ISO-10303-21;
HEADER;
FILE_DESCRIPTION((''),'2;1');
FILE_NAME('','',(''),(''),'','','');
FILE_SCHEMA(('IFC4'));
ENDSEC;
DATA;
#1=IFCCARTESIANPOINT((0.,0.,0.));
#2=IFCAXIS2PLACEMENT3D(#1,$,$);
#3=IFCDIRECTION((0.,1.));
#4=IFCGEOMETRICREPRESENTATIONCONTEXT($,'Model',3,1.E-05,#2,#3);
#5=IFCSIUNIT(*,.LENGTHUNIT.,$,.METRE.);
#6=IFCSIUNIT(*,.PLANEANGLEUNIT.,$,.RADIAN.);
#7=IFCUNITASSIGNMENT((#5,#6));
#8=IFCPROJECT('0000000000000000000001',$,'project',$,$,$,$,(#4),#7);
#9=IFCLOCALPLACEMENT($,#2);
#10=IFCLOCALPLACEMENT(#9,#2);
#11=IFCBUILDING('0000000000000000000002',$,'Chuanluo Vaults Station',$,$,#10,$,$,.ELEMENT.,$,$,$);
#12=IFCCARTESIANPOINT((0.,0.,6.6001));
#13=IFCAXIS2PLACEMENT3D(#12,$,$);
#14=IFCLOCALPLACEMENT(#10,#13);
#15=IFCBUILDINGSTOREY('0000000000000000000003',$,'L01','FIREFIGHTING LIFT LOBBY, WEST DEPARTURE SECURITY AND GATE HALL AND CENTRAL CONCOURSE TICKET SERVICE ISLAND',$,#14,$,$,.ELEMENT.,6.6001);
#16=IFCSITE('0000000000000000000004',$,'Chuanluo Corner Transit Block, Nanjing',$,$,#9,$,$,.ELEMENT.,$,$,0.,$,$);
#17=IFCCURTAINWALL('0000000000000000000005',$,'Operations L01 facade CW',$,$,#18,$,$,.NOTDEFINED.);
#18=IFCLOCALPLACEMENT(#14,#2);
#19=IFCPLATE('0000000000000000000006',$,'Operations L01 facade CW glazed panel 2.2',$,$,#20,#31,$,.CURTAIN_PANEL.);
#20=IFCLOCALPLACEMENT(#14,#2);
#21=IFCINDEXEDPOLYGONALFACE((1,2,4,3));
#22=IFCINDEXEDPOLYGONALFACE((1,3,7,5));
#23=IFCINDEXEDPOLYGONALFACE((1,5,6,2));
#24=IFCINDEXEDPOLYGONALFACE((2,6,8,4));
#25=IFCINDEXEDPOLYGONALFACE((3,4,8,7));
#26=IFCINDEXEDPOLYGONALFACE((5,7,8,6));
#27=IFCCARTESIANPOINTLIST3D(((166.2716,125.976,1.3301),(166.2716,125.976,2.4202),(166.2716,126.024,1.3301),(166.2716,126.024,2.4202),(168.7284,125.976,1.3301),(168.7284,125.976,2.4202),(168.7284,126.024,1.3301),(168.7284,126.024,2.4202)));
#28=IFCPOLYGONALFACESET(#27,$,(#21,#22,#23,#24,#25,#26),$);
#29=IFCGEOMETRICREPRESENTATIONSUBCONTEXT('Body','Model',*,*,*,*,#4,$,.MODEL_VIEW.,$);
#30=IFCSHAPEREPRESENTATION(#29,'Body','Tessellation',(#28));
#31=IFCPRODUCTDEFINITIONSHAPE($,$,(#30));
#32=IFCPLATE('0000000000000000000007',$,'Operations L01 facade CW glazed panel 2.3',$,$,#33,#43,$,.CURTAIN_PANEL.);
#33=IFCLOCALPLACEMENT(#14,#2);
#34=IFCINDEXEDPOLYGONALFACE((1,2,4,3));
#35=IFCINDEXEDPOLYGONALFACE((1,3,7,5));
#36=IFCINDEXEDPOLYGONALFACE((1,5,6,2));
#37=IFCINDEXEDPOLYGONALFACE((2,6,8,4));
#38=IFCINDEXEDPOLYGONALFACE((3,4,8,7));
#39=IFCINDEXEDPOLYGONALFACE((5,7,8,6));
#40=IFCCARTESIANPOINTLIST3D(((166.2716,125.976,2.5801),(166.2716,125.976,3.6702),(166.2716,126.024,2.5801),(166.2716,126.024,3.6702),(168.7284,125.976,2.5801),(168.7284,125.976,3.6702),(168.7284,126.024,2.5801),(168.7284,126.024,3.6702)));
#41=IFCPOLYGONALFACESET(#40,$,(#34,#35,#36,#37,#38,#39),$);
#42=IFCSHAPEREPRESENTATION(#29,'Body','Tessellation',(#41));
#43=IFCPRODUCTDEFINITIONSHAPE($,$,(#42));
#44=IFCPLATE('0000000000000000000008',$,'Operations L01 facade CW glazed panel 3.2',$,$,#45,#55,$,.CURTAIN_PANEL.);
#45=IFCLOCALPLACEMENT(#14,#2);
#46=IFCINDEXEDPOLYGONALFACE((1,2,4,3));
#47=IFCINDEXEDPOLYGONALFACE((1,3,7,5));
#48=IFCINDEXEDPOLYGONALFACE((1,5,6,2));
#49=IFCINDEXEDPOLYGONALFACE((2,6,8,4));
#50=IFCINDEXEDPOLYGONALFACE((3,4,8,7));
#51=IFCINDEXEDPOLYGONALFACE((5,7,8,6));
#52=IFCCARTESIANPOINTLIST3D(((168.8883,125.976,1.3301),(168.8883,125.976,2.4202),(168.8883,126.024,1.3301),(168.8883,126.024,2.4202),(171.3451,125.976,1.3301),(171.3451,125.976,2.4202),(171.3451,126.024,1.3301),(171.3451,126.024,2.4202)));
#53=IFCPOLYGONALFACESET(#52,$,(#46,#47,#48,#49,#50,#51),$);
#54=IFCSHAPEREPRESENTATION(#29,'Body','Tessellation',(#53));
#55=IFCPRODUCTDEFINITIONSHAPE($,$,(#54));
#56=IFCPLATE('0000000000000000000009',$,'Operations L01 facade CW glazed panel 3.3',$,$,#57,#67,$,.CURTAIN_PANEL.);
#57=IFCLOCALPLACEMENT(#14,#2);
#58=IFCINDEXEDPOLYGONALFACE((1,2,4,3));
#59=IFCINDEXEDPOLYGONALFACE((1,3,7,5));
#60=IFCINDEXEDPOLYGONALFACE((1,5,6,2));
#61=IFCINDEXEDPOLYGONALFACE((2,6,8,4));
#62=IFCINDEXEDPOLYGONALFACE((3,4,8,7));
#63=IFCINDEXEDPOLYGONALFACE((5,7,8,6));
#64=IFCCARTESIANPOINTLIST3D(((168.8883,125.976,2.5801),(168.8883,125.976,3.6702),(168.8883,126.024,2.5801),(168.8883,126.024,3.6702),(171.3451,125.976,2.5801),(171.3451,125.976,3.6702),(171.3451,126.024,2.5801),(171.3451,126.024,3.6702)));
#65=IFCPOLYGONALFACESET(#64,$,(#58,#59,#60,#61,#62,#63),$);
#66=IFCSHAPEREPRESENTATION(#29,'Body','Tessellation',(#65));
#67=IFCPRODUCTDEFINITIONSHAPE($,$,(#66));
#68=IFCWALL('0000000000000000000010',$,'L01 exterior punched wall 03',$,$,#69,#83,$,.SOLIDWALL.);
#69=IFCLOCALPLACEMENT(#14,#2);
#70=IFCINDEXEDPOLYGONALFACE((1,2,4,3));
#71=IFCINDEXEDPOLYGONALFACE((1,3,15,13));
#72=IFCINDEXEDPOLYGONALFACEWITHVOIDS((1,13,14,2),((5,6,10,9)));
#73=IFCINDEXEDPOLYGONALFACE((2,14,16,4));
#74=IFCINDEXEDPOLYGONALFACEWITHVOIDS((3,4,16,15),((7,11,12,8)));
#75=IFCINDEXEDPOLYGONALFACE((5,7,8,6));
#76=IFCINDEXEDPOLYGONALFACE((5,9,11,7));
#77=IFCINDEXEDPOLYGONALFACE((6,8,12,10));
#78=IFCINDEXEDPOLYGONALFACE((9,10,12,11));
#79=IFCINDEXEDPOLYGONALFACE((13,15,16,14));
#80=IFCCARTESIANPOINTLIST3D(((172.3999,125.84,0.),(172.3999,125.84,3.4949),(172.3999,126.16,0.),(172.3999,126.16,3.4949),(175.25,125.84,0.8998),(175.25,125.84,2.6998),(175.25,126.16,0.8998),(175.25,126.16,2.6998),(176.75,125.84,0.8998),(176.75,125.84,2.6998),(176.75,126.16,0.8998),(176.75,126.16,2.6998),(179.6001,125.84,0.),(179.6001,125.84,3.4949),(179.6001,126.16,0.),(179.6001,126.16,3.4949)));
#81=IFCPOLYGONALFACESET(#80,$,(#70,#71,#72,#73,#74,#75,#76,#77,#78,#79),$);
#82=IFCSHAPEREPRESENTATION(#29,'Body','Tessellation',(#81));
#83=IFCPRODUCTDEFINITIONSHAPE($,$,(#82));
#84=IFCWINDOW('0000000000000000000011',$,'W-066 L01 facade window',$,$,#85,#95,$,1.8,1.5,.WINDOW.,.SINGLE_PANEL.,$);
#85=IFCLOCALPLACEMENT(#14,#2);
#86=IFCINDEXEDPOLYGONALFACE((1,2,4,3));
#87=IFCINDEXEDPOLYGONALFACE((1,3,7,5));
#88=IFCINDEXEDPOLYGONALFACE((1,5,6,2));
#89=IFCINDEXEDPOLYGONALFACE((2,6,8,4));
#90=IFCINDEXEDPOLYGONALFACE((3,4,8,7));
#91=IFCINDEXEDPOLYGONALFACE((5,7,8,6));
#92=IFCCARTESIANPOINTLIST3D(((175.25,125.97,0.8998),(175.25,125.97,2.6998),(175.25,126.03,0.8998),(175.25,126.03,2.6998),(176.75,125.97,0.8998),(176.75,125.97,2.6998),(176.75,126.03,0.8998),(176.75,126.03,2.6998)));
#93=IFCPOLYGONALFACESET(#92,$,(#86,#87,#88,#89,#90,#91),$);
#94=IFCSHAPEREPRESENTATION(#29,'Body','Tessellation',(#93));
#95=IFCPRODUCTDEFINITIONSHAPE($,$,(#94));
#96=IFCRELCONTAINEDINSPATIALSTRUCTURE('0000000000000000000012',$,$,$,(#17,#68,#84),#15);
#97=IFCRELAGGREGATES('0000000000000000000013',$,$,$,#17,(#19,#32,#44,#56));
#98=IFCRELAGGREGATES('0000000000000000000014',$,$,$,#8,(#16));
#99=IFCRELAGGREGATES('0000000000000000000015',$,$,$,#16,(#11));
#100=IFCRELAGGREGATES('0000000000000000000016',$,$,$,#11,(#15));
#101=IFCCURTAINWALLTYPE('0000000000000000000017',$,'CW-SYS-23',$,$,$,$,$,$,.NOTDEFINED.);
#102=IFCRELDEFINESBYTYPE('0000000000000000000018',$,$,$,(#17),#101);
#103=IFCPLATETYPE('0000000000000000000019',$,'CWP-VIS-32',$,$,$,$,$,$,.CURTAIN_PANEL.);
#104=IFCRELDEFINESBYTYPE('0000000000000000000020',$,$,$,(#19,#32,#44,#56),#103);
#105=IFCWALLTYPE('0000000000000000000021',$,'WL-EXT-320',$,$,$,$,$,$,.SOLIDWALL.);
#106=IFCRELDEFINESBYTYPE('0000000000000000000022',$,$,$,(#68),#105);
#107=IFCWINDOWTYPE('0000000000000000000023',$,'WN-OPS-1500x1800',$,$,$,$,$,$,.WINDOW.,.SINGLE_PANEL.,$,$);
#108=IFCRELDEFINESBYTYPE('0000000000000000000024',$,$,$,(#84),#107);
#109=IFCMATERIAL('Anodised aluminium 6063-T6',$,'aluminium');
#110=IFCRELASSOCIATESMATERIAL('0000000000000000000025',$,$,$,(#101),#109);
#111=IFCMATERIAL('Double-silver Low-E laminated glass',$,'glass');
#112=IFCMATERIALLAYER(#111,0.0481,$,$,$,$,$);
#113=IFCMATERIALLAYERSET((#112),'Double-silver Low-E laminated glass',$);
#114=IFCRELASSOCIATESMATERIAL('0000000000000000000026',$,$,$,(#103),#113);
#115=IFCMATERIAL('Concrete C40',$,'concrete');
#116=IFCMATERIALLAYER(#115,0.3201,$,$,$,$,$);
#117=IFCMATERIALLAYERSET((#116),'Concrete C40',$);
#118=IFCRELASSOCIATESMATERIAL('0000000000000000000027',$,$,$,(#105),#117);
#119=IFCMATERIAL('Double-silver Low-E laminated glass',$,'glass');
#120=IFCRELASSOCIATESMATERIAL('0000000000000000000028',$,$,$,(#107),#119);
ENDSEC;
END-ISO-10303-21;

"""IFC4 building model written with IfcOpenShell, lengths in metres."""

from ifc_helpers import new_model, si_unit, direction, frame, frame_2d, origin, origin_2d, place, context, subcontext, project, spatial, rectangle, extrude, material, layer, layer_set, type_object, element, fill, aggregate, save


model = new_model("IFC4")

# Units and contexts
model_context = context("Model", 3, precision=1e-05, world=origin(), true_north=direction((0.0, 1.0)))
body_context = subcontext(model_context, "Body", "Model", "MODEL_VIEW")
ifc_project = project(units=[si_unit("LENGTHUNIT", "METRE"), si_unit("PLANEANGLEUNIT", "RADIAN")], contexts=[model_context])

# Site, building, storey
site_placement = place(None, origin())
site = spatial("IfcSite", under=ifc_project, at=site_placement, Name="Chuanluo Corner Transit Block, Nanjing", CompositionType="ELEMENT", RefElevation=0.0)
building_placement = place(site_placement, origin())
building = spatial("IfcBuilding", under=site, at=building_placement, Name="Chuanluo Vaults Station", CompositionType="ELEMENT")
storey_placement = place(building_placement, frame((0.0, 0.0, 6.6001)))
storey = spatial("IfcBuildingStorey", under=building, at=storey_placement, Name="L01", Description="FIREFIGHTING LIFT LOBBY, WEST DEPARTURE SECURITY AND GATE HALL AND CENTRAL CONCOURSE TICKET SERVICE ISLAND", CompositionType="ELEMENT", Elevation=6.6001)

# Curtain wall, plates
ifc_material_1 = material(Name="Anodised aluminium 6063-T6", Category="aluminium")
curtain_wall_type = type_object("IfcCurtainWallType", Name="CW-SYS-23", PredefinedType="NOTDEFINED", material=ifc_material_1)
curtain_wall_placement = place(storey_placement, origin())
curtain_wall = element("IfcCurtainWall", 1, at=curtain_wall_placement, inside=storey, type_object=curtain_wall_type, Name="Operations L01 facade CW", PredefinedType="NOTDEFINED")
ifc_material_2 = material(Name="Double-silver Low-E laminated glass", Category="glass")
ifc_layer_1 = layer(ifc_material_2, 0.0481)
ifc_layer_set_1 = layer_set([ifc_layer_1], Name="Double-silver Low-E laminated glass")
plate_type_1 = type_object("IfcPlateType", Name="CWP-VIS-32", PredefinedType="CURTAIN_PANEL", material=ifc_layer_set_1)
plate_1_placement = place(storey_placement, frame((167.5, 126.0, 1.3301), z_axis=(0.0, 0.0, 1.0), x_axis=(1.0, 0.0, 0.0)))
plate_1 = element("IfcPlate", 2, at=plate_1_placement, type_object=plate_type_1, Name="Operations L01 facade CW glazed panel 2.2", PredefinedType="CURTAIN_PANEL", context=body_context, shape_type="SweptSolid", body=[
    extrude(rectangle(XDim=2.4568, YDim=0.0481, at=origin_2d()), origin(), (0.0, 0.0, 1.0), 1.0901),
])
plate_2_placement = place(storey_placement, frame((167.5, 126.0, 2.5801), z_axis=(0.0, 0.0, 1.0), x_axis=(1.0, 0.0, 0.0)))
plate_2 = element("IfcPlate", 3, at=plate_2_placement, type_object=plate_type_1, Name="Operations L01 facade CW glazed panel 2.3", PredefinedType="CURTAIN_PANEL", context=body_context, shape_type="SweptSolid", body=[
    extrude(rectangle(XDim=2.4568, YDim=0.0481, at=origin_2d()), origin(), (0.0, 0.0, 1.0), 1.0901),
])
plate_3_placement = place(storey_placement, frame((170.1167, 126.0, 1.3301), z_axis=(0.0, 0.0, 1.0), x_axis=(1.0, 0.0, 0.0)))
plate_3 = element("IfcPlate", 4, at=plate_3_placement, type_object=plate_type_1, Name="Operations L01 facade CW glazed panel 3.2", PredefinedType="CURTAIN_PANEL", context=body_context, shape_type="SweptSolid", body=[
    extrude(rectangle(XDim=2.4568, YDim=0.0481, at=origin_2d()), origin(), (0.0, 0.0, 1.0), 1.0901),
])
plate_4_placement = place(storey_placement, frame((170.1167, 126.0, 2.5801), z_axis=(0.0, 0.0, 1.0), x_axis=(1.0, 0.0, 0.0)))
plate_4 = element("IfcPlate", 5, at=plate_4_placement, type_object=plate_type_1, Name="Operations L01 facade CW glazed panel 3.3", PredefinedType="CURTAIN_PANEL", context=body_context, shape_type="SweptSolid", body=[
    extrude(rectangle(XDim=2.4568, YDim=0.0481, at=origin_2d()), origin(), (0.0, 0.0, 1.0), 1.0901),
])
aggregate(curtain_wall, [plate_1, plate_2, plate_3, plate_4])

# Wall, opening, window
ifc_material_3 = material(Name="Concrete C40", Category="concrete")
ifc_layer_2 = layer(ifc_material_3, 0.3201)
ifc_layer_set_2 = layer_set([ifc_layer_2], Name="Concrete C40")
wall_type = type_object("IfcWallType", Name="WL-EXT-320", PredefinedType="SOLIDWALL", material=ifc_layer_set_2)
wall_placement = place(storey_placement, frame((172.3999, 126.0, 0.0), z_axis=(0.0, 0.0, 1.0), x_axis=(1.0, 0.0, 0.0)))
wall = element("IfcWall", 6, at=wall_placement, inside=storey, type_object=wall_type, Name="L01 exterior punched wall 03", PredefinedType="SOLIDWALL", context=body_context, shape_type="SweptSolid", body=[
    extrude(rectangle(XDim=7.2002, YDim=0.3201, at=frame_2d((3.6001, 0.0))), origin(), (0.0, 0.0, 1.0), 3.4949),
])
opening_placement = place(wall_placement, frame((2.8501, 0.0, 0.8999)))
opening = element("IfcOpeningElement", 7, at=opening_placement, cuts=wall, PredefinedType="OPENING", context=body_context, shape_type="SweptSolid", body=[
    extrude(rectangle(XDim=1.5, YDim=1.8, at=frame_2d((0.75, 0.8999))), frame((0.0, 0.1702, 0.0), z_axis=(0.0, -1.0, 0.0), x_axis=(1.0, 0.0, 0.0)), (0.0, 0.0, 1.0), 0.3401),
])
ifc_material_4 = material(Name="Double-silver Low-E laminated glass", Category="glass")
window_type = type_object("IfcWindowType", Name="WN-OPS-1500x1800", PartitioningType="SINGLE_PANEL", PredefinedType="WINDOW", material=ifc_material_4)
window_placement = place(opening_placement, origin())
window = element("IfcWindow", 8, at=window_placement, inside=storey, type_object=window_type, Name="W-066 L01 facade window", OverallHeight=1.8, OverallWidth=1.5, PartitioningType="SINGLE_PANEL", PredefinedType="WINDOW", context=body_context, shape_type="SweptSolid", body=[
    extrude(rectangle(XDim=1.5, YDim=1.8, at=frame_2d((0.75, 0.8999))), frame((0.0, 0.03, 0.0), z_axis=(0.0, -1.0, 0.0), x_axis=(1.0, 0.0, 0.0)), (0.0, 0.0, 1.0), 0.0601),
])
fill(opening, window)

save(model, "model.ifc")
